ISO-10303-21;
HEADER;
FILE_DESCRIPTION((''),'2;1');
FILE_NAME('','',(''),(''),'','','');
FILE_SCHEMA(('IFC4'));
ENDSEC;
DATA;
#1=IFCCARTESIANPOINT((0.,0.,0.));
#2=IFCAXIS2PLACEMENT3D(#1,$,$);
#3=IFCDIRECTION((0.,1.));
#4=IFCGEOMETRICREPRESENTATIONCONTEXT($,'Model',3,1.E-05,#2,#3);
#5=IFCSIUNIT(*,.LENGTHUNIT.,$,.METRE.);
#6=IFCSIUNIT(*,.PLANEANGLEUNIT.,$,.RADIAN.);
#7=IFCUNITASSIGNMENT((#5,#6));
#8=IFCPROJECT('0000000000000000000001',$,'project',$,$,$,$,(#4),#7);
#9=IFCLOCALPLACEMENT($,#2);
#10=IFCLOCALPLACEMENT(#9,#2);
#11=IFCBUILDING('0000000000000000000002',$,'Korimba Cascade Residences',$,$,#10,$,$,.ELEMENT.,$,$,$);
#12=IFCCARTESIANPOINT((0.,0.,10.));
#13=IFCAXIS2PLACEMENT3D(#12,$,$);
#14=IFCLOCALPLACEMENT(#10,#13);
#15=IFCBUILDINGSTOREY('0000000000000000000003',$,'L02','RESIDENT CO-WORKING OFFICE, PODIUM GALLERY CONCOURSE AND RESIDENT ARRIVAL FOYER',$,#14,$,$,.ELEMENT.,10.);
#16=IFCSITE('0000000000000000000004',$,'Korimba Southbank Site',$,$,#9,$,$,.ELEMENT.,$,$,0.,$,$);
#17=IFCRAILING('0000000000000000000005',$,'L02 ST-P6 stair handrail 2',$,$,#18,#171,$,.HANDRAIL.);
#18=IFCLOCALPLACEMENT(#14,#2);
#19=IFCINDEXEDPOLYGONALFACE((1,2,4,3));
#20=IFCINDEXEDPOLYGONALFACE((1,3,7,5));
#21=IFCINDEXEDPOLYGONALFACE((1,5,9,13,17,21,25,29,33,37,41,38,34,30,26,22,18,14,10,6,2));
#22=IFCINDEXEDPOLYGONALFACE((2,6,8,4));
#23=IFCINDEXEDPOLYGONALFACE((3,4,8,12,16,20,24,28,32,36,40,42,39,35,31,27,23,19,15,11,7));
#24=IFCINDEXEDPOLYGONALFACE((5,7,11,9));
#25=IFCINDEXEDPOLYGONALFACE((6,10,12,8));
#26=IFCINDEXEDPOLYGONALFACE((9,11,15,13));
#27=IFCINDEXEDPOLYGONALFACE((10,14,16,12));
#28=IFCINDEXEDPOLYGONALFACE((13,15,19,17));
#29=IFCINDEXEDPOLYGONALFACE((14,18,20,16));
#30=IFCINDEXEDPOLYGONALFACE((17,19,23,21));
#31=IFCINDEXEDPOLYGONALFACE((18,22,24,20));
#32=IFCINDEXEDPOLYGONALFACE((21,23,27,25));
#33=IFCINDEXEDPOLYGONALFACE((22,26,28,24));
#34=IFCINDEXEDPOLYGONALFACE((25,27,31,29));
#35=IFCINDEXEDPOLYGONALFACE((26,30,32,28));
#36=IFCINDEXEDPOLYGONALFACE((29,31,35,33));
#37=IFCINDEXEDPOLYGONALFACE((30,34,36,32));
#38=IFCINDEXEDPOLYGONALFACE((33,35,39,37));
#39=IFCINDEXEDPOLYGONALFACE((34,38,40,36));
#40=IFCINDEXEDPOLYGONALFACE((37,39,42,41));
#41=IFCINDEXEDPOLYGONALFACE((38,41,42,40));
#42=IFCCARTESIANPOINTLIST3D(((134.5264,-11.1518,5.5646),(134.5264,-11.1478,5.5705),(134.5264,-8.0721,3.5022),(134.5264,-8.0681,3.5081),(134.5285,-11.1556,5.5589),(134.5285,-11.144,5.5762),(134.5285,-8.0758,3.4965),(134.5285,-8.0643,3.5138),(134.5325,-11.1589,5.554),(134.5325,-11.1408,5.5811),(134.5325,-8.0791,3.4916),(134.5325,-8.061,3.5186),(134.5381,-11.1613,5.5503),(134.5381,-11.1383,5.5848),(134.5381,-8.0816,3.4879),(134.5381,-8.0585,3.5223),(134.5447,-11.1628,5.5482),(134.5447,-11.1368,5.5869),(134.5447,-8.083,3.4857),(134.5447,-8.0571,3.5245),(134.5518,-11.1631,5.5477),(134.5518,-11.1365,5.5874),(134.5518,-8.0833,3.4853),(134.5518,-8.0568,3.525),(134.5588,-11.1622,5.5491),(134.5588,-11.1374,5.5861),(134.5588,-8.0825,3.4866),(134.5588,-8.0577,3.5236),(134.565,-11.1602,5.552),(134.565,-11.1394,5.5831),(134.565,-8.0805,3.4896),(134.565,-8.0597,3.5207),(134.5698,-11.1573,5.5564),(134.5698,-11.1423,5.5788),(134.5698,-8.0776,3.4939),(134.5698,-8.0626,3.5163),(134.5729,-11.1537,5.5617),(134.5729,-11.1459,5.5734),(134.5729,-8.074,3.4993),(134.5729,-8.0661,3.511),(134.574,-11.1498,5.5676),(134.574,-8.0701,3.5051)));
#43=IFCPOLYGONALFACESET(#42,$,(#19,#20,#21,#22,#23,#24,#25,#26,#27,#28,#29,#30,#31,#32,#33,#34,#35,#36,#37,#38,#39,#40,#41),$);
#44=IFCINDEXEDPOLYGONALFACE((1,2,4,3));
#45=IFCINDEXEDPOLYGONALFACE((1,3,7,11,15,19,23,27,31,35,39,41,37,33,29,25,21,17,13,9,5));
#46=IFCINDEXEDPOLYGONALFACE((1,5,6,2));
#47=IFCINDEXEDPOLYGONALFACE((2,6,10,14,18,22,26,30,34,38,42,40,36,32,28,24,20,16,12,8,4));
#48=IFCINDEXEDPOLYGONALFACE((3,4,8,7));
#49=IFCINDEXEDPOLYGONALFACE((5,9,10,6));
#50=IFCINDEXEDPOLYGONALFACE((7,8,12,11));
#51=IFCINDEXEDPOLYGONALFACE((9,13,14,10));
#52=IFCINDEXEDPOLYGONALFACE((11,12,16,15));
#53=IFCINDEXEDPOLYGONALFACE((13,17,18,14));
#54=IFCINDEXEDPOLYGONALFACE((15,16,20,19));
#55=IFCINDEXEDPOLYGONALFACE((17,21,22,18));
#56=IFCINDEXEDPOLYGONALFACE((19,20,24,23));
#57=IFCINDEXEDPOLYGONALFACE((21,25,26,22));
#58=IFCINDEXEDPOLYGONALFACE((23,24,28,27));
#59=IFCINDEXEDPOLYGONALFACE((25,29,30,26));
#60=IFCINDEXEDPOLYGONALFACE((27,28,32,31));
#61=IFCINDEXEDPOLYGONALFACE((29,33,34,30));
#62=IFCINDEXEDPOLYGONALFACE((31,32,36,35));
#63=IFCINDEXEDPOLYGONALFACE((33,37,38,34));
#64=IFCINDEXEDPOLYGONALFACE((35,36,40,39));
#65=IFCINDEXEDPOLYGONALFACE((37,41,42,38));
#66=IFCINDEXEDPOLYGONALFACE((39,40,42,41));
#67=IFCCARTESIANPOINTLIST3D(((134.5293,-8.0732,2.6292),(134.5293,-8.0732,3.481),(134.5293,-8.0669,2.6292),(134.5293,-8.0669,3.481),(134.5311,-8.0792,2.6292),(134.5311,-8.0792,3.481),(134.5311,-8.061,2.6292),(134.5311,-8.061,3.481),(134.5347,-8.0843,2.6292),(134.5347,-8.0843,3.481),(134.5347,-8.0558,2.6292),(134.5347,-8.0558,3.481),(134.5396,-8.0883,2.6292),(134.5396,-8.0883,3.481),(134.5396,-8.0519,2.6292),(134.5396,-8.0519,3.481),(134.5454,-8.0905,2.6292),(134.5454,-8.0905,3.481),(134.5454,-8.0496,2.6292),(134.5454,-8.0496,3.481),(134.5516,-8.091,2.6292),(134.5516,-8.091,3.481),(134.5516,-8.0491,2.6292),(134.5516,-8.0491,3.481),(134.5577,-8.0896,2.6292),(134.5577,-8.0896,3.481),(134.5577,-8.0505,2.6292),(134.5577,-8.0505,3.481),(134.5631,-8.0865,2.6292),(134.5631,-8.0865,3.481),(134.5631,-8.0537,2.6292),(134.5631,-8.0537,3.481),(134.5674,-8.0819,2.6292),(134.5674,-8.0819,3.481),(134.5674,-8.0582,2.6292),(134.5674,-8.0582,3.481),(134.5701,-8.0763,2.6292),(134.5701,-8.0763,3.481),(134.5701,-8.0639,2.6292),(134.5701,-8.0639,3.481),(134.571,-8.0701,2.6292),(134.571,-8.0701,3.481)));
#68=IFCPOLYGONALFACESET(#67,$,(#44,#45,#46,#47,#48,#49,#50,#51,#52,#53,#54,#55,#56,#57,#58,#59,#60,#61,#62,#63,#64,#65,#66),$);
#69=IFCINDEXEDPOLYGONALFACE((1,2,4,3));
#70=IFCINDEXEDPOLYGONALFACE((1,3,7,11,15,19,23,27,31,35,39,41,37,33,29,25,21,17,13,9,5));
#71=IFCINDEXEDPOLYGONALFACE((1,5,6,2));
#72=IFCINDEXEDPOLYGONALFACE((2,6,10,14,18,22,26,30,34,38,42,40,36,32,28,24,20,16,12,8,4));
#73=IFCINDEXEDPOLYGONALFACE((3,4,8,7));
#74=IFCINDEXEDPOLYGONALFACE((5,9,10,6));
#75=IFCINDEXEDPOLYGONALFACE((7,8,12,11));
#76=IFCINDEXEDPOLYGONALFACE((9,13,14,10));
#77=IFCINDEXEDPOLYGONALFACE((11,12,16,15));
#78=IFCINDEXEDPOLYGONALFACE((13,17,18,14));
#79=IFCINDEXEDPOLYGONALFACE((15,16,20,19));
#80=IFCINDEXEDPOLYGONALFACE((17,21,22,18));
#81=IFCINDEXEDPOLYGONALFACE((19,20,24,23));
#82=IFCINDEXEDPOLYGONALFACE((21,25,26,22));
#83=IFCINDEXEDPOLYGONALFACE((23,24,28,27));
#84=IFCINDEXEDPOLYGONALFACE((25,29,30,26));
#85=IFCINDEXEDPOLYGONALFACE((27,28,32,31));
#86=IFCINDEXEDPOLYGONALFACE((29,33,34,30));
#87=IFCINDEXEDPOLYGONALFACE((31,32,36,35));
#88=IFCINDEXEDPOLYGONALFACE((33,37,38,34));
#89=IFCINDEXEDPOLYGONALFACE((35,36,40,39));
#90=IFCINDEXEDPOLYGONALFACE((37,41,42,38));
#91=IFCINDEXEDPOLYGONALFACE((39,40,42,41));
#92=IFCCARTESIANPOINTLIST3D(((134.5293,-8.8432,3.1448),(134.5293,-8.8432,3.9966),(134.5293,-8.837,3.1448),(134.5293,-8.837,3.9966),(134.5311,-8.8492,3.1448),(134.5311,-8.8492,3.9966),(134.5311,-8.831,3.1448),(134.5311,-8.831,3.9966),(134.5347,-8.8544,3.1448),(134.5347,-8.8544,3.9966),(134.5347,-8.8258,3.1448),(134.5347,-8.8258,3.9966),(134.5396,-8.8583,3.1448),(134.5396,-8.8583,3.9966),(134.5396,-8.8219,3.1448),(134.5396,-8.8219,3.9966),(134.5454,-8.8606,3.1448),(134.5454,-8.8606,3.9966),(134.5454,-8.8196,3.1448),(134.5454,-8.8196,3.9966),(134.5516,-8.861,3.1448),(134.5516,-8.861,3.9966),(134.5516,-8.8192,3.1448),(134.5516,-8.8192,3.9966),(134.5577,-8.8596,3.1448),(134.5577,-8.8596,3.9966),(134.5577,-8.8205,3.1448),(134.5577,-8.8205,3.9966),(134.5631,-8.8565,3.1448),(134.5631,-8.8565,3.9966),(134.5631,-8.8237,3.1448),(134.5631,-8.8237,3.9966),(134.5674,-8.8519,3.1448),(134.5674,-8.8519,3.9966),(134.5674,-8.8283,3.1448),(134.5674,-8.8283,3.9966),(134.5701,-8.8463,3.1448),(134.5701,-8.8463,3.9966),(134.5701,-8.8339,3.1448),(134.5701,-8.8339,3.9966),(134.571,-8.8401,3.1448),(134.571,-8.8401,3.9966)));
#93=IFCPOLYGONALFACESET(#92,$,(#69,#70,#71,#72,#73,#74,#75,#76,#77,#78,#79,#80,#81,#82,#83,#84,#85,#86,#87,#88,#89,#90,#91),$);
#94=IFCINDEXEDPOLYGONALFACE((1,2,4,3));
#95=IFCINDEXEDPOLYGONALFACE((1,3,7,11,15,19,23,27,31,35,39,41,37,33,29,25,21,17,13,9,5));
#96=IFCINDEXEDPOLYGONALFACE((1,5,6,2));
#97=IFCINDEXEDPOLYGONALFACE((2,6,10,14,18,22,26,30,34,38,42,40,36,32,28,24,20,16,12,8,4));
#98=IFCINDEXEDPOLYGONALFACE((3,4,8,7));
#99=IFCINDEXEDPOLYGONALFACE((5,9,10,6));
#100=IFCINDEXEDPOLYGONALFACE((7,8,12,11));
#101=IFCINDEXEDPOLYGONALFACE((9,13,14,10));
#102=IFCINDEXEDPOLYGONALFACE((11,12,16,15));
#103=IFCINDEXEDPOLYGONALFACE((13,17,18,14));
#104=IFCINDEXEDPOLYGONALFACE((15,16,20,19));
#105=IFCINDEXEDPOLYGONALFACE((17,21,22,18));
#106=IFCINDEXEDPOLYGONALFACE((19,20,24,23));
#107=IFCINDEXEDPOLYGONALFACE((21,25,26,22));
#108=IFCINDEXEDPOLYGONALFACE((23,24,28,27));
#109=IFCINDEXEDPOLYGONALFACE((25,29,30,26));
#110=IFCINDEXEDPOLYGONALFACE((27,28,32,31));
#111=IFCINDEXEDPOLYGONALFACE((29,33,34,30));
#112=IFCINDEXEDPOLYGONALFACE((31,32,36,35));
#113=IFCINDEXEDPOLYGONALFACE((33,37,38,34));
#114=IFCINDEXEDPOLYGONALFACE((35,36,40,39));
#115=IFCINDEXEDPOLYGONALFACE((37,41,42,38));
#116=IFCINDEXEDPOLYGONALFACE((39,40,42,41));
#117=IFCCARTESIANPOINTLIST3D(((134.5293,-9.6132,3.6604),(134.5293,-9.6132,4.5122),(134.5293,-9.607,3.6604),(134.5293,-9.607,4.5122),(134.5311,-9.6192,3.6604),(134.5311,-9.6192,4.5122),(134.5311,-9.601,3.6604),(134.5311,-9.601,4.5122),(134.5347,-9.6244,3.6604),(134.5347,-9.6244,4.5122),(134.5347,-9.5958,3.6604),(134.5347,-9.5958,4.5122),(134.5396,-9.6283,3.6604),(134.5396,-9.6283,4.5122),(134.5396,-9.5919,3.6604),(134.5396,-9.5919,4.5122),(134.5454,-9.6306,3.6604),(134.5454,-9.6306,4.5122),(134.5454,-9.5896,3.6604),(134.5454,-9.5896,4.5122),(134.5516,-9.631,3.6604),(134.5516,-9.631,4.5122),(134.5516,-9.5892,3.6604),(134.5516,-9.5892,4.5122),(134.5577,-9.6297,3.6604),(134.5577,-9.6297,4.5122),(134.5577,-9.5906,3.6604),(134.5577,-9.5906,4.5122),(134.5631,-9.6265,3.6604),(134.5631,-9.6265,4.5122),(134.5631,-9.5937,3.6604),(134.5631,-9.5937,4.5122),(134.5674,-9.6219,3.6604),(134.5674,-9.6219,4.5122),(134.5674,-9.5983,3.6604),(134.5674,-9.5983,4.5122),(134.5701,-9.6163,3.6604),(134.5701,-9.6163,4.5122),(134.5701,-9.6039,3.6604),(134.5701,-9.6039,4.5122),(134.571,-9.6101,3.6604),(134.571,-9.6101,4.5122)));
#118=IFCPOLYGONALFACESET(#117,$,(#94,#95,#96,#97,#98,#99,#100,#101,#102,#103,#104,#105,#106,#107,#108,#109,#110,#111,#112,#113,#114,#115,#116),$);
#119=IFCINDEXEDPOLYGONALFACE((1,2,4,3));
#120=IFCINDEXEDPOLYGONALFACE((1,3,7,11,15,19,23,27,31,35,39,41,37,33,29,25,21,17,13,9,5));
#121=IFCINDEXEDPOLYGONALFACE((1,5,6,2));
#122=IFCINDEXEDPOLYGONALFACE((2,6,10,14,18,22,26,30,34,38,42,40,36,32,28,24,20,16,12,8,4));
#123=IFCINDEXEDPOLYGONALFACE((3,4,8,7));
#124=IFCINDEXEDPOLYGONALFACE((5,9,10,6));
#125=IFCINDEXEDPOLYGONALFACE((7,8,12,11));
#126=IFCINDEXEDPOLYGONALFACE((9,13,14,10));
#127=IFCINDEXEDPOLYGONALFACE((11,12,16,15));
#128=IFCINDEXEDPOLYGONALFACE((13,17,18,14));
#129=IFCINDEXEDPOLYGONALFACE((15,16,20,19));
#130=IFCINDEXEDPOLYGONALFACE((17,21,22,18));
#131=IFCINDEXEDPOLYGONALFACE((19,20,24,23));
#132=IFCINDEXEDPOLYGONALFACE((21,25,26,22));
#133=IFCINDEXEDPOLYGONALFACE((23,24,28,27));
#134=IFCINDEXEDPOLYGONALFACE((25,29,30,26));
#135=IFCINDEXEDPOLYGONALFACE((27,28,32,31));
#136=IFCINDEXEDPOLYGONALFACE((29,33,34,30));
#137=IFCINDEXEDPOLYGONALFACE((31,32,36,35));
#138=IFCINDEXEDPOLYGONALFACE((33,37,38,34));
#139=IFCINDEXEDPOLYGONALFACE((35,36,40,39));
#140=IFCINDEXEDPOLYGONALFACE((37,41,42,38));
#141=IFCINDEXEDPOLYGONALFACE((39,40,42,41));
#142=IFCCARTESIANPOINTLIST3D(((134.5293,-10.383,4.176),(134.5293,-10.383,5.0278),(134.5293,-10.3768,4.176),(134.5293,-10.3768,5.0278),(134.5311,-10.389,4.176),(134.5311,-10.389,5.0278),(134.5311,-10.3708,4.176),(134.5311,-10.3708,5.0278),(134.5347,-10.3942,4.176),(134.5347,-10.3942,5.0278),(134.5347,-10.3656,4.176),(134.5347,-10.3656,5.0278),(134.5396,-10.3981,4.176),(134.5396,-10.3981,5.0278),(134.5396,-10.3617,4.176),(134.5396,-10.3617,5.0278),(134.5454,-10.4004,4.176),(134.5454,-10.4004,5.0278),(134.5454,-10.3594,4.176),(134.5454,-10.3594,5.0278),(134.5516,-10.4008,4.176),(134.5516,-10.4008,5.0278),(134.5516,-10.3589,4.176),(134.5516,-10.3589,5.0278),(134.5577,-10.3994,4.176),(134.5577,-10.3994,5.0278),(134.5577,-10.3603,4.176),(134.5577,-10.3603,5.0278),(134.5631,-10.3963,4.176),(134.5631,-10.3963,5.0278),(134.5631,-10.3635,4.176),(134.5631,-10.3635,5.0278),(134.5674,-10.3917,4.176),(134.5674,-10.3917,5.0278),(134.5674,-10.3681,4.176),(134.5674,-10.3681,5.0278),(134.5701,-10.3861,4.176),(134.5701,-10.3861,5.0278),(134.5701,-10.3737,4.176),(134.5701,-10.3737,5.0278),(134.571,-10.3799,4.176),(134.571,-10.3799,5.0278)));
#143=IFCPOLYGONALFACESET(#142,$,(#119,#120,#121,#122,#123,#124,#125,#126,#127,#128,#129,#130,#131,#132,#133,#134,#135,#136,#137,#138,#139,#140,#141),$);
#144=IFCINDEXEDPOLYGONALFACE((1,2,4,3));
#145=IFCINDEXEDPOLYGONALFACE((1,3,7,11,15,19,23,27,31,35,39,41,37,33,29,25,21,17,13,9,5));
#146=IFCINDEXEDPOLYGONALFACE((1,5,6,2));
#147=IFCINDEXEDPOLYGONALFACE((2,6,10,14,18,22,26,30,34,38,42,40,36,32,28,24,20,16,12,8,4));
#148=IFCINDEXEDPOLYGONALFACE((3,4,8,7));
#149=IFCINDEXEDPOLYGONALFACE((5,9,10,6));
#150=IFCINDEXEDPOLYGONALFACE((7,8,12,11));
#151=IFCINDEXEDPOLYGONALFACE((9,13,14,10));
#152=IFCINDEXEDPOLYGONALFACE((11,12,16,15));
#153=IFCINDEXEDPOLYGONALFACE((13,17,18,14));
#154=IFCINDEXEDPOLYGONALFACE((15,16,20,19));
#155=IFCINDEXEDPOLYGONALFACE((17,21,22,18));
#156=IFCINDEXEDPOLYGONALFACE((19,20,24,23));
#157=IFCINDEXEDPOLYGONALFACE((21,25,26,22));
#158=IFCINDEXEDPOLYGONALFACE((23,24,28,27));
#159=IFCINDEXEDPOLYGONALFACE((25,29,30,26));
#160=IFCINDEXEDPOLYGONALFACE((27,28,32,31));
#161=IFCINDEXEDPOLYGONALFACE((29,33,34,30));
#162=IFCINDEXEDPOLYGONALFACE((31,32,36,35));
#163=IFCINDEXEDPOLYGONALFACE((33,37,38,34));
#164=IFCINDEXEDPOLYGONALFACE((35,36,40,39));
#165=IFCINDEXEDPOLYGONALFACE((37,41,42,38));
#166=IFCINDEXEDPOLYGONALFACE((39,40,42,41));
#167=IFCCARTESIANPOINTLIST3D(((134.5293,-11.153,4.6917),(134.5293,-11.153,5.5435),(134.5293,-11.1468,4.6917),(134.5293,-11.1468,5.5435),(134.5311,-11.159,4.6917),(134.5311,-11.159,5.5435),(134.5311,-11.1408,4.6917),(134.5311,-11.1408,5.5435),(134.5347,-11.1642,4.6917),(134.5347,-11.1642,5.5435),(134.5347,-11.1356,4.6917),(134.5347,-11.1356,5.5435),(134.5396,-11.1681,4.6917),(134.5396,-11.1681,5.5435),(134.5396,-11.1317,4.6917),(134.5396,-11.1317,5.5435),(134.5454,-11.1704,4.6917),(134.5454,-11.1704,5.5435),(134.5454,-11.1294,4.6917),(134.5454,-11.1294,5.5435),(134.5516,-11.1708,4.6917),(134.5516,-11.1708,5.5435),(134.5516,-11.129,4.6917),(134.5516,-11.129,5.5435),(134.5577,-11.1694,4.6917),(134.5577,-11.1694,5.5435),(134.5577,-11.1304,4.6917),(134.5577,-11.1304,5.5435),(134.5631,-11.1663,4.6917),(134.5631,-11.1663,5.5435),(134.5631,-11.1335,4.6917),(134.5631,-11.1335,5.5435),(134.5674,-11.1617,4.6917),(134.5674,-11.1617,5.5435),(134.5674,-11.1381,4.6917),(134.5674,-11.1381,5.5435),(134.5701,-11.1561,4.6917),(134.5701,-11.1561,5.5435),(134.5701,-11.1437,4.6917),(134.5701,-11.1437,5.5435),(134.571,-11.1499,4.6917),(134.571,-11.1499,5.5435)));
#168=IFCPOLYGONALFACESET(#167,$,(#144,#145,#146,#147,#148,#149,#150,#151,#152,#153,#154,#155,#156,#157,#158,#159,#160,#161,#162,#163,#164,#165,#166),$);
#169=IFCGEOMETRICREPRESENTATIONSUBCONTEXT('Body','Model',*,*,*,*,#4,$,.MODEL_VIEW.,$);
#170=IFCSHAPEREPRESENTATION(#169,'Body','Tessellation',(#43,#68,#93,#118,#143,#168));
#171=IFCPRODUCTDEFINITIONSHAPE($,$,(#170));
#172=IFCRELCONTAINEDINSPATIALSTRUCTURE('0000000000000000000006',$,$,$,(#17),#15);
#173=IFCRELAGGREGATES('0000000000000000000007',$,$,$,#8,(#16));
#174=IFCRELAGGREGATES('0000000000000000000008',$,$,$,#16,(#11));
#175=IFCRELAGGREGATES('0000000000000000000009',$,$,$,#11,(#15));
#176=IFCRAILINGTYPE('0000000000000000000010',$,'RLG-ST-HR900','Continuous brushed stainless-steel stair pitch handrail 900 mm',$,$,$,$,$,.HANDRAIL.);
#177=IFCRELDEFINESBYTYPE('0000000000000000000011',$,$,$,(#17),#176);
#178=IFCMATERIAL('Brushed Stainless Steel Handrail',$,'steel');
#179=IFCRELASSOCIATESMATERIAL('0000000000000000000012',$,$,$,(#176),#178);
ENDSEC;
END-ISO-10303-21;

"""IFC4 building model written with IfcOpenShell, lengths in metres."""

from ifc_helpers import new_model, si_unit, direction, frame, origin, origin_2d, place, context, subcontext, project, spatial, circle, extrude, material, type_object, element, save


model = new_model("IFC4")

# Units and contexts
model_context = context("Model", 3, precision=1e-05, world=origin(), true_north=direction((0.0, 1.0)))
body_context = subcontext(model_context, "Body", "Model", "MODEL_VIEW")
ifc_project = project(units=[si_unit("LENGTHUNIT", "METRE"), si_unit("PLANEANGLEUNIT", "RADIAN")], contexts=[model_context])

# Site, building, storey
site_placement = place(None, origin())
site = spatial("IfcSite", under=ifc_project, at=site_placement, Name="Korimba Southbank Site", CompositionType="ELEMENT", RefElevation=0.0)
building_placement = place(site_placement, origin())
building = spatial("IfcBuilding", under=site, at=building_placement, Name="Korimba Cascade Residences", CompositionType="ELEMENT")
storey_placement = place(building_placement, frame((0.0, 0.0, 10.0)))
storey = spatial("IfcBuildingStorey", under=building, at=storey_placement, Name="L02", Description="RESIDENT CO-WORKING OFFICE, PODIUM GALLERY CONCOURSE AND RESIDENT ARRIVAL FOYER", CompositionType="ELEMENT", Elevation=10.0)

# Railing
ifc_material_1 = material(Name="Brushed Stainless Steel Handrail", Category="steel")
railing_type_1 = type_object("IfcRailingType", Name="RLG-ST-HR900", Description="Continuous brushed stainless-steel stair pitch handrail 900 mm", PredefinedType="HANDRAIL", material=ifc_material_1)
railing_1_placement = place(storey_placement, frame((134.55, -8.0701, 2.6292)))
element("IfcRailing", 1, at=railing_1_placement, inside=storey, type_object=railing_type_1, Name="L02 ST-P6 stair handrail 2", PredefinedType="HANDRAIL", context=body_context, shape_type="SweptSolid", body=[
    extrude(circle(Radius=0.0239, at=origin_2d()), frame((0.0, 0.0, 0.876), z_axis=(0.0, -0.830893, 0.556432), x_axis=(1.0, 0.0, 0.0)), (0.0, 0.0, 1.0), 3.7065),
    extrude(circle(Radius=0.021, at=origin_2d()), origin(), (0.0, 0.0, 1.0), 0.8518),
    extrude(circle(Radius=0.021, at=origin_2d()), frame((0.0, -0.77, 0.5156)), (0.0, 0.0, 1.0), 0.8518),
    extrude(circle(Radius=0.021, at=origin_2d()), frame((0.0, -1.54, 1.0312)), (0.0, 0.0, 1.0), 0.8518),
    extrude(circle(Radius=0.021, at=origin_2d()), frame((0.0, -2.3098, 1.5469)), (0.0, 0.0, 1.0), 0.8518),
    extrude(circle(Radius=0.021, at=origin_2d()), frame((0.0, -3.0798, 2.0625)), (0.0, 0.0, 1.0), 0.8518),
])

save(model, "model.ifc")
